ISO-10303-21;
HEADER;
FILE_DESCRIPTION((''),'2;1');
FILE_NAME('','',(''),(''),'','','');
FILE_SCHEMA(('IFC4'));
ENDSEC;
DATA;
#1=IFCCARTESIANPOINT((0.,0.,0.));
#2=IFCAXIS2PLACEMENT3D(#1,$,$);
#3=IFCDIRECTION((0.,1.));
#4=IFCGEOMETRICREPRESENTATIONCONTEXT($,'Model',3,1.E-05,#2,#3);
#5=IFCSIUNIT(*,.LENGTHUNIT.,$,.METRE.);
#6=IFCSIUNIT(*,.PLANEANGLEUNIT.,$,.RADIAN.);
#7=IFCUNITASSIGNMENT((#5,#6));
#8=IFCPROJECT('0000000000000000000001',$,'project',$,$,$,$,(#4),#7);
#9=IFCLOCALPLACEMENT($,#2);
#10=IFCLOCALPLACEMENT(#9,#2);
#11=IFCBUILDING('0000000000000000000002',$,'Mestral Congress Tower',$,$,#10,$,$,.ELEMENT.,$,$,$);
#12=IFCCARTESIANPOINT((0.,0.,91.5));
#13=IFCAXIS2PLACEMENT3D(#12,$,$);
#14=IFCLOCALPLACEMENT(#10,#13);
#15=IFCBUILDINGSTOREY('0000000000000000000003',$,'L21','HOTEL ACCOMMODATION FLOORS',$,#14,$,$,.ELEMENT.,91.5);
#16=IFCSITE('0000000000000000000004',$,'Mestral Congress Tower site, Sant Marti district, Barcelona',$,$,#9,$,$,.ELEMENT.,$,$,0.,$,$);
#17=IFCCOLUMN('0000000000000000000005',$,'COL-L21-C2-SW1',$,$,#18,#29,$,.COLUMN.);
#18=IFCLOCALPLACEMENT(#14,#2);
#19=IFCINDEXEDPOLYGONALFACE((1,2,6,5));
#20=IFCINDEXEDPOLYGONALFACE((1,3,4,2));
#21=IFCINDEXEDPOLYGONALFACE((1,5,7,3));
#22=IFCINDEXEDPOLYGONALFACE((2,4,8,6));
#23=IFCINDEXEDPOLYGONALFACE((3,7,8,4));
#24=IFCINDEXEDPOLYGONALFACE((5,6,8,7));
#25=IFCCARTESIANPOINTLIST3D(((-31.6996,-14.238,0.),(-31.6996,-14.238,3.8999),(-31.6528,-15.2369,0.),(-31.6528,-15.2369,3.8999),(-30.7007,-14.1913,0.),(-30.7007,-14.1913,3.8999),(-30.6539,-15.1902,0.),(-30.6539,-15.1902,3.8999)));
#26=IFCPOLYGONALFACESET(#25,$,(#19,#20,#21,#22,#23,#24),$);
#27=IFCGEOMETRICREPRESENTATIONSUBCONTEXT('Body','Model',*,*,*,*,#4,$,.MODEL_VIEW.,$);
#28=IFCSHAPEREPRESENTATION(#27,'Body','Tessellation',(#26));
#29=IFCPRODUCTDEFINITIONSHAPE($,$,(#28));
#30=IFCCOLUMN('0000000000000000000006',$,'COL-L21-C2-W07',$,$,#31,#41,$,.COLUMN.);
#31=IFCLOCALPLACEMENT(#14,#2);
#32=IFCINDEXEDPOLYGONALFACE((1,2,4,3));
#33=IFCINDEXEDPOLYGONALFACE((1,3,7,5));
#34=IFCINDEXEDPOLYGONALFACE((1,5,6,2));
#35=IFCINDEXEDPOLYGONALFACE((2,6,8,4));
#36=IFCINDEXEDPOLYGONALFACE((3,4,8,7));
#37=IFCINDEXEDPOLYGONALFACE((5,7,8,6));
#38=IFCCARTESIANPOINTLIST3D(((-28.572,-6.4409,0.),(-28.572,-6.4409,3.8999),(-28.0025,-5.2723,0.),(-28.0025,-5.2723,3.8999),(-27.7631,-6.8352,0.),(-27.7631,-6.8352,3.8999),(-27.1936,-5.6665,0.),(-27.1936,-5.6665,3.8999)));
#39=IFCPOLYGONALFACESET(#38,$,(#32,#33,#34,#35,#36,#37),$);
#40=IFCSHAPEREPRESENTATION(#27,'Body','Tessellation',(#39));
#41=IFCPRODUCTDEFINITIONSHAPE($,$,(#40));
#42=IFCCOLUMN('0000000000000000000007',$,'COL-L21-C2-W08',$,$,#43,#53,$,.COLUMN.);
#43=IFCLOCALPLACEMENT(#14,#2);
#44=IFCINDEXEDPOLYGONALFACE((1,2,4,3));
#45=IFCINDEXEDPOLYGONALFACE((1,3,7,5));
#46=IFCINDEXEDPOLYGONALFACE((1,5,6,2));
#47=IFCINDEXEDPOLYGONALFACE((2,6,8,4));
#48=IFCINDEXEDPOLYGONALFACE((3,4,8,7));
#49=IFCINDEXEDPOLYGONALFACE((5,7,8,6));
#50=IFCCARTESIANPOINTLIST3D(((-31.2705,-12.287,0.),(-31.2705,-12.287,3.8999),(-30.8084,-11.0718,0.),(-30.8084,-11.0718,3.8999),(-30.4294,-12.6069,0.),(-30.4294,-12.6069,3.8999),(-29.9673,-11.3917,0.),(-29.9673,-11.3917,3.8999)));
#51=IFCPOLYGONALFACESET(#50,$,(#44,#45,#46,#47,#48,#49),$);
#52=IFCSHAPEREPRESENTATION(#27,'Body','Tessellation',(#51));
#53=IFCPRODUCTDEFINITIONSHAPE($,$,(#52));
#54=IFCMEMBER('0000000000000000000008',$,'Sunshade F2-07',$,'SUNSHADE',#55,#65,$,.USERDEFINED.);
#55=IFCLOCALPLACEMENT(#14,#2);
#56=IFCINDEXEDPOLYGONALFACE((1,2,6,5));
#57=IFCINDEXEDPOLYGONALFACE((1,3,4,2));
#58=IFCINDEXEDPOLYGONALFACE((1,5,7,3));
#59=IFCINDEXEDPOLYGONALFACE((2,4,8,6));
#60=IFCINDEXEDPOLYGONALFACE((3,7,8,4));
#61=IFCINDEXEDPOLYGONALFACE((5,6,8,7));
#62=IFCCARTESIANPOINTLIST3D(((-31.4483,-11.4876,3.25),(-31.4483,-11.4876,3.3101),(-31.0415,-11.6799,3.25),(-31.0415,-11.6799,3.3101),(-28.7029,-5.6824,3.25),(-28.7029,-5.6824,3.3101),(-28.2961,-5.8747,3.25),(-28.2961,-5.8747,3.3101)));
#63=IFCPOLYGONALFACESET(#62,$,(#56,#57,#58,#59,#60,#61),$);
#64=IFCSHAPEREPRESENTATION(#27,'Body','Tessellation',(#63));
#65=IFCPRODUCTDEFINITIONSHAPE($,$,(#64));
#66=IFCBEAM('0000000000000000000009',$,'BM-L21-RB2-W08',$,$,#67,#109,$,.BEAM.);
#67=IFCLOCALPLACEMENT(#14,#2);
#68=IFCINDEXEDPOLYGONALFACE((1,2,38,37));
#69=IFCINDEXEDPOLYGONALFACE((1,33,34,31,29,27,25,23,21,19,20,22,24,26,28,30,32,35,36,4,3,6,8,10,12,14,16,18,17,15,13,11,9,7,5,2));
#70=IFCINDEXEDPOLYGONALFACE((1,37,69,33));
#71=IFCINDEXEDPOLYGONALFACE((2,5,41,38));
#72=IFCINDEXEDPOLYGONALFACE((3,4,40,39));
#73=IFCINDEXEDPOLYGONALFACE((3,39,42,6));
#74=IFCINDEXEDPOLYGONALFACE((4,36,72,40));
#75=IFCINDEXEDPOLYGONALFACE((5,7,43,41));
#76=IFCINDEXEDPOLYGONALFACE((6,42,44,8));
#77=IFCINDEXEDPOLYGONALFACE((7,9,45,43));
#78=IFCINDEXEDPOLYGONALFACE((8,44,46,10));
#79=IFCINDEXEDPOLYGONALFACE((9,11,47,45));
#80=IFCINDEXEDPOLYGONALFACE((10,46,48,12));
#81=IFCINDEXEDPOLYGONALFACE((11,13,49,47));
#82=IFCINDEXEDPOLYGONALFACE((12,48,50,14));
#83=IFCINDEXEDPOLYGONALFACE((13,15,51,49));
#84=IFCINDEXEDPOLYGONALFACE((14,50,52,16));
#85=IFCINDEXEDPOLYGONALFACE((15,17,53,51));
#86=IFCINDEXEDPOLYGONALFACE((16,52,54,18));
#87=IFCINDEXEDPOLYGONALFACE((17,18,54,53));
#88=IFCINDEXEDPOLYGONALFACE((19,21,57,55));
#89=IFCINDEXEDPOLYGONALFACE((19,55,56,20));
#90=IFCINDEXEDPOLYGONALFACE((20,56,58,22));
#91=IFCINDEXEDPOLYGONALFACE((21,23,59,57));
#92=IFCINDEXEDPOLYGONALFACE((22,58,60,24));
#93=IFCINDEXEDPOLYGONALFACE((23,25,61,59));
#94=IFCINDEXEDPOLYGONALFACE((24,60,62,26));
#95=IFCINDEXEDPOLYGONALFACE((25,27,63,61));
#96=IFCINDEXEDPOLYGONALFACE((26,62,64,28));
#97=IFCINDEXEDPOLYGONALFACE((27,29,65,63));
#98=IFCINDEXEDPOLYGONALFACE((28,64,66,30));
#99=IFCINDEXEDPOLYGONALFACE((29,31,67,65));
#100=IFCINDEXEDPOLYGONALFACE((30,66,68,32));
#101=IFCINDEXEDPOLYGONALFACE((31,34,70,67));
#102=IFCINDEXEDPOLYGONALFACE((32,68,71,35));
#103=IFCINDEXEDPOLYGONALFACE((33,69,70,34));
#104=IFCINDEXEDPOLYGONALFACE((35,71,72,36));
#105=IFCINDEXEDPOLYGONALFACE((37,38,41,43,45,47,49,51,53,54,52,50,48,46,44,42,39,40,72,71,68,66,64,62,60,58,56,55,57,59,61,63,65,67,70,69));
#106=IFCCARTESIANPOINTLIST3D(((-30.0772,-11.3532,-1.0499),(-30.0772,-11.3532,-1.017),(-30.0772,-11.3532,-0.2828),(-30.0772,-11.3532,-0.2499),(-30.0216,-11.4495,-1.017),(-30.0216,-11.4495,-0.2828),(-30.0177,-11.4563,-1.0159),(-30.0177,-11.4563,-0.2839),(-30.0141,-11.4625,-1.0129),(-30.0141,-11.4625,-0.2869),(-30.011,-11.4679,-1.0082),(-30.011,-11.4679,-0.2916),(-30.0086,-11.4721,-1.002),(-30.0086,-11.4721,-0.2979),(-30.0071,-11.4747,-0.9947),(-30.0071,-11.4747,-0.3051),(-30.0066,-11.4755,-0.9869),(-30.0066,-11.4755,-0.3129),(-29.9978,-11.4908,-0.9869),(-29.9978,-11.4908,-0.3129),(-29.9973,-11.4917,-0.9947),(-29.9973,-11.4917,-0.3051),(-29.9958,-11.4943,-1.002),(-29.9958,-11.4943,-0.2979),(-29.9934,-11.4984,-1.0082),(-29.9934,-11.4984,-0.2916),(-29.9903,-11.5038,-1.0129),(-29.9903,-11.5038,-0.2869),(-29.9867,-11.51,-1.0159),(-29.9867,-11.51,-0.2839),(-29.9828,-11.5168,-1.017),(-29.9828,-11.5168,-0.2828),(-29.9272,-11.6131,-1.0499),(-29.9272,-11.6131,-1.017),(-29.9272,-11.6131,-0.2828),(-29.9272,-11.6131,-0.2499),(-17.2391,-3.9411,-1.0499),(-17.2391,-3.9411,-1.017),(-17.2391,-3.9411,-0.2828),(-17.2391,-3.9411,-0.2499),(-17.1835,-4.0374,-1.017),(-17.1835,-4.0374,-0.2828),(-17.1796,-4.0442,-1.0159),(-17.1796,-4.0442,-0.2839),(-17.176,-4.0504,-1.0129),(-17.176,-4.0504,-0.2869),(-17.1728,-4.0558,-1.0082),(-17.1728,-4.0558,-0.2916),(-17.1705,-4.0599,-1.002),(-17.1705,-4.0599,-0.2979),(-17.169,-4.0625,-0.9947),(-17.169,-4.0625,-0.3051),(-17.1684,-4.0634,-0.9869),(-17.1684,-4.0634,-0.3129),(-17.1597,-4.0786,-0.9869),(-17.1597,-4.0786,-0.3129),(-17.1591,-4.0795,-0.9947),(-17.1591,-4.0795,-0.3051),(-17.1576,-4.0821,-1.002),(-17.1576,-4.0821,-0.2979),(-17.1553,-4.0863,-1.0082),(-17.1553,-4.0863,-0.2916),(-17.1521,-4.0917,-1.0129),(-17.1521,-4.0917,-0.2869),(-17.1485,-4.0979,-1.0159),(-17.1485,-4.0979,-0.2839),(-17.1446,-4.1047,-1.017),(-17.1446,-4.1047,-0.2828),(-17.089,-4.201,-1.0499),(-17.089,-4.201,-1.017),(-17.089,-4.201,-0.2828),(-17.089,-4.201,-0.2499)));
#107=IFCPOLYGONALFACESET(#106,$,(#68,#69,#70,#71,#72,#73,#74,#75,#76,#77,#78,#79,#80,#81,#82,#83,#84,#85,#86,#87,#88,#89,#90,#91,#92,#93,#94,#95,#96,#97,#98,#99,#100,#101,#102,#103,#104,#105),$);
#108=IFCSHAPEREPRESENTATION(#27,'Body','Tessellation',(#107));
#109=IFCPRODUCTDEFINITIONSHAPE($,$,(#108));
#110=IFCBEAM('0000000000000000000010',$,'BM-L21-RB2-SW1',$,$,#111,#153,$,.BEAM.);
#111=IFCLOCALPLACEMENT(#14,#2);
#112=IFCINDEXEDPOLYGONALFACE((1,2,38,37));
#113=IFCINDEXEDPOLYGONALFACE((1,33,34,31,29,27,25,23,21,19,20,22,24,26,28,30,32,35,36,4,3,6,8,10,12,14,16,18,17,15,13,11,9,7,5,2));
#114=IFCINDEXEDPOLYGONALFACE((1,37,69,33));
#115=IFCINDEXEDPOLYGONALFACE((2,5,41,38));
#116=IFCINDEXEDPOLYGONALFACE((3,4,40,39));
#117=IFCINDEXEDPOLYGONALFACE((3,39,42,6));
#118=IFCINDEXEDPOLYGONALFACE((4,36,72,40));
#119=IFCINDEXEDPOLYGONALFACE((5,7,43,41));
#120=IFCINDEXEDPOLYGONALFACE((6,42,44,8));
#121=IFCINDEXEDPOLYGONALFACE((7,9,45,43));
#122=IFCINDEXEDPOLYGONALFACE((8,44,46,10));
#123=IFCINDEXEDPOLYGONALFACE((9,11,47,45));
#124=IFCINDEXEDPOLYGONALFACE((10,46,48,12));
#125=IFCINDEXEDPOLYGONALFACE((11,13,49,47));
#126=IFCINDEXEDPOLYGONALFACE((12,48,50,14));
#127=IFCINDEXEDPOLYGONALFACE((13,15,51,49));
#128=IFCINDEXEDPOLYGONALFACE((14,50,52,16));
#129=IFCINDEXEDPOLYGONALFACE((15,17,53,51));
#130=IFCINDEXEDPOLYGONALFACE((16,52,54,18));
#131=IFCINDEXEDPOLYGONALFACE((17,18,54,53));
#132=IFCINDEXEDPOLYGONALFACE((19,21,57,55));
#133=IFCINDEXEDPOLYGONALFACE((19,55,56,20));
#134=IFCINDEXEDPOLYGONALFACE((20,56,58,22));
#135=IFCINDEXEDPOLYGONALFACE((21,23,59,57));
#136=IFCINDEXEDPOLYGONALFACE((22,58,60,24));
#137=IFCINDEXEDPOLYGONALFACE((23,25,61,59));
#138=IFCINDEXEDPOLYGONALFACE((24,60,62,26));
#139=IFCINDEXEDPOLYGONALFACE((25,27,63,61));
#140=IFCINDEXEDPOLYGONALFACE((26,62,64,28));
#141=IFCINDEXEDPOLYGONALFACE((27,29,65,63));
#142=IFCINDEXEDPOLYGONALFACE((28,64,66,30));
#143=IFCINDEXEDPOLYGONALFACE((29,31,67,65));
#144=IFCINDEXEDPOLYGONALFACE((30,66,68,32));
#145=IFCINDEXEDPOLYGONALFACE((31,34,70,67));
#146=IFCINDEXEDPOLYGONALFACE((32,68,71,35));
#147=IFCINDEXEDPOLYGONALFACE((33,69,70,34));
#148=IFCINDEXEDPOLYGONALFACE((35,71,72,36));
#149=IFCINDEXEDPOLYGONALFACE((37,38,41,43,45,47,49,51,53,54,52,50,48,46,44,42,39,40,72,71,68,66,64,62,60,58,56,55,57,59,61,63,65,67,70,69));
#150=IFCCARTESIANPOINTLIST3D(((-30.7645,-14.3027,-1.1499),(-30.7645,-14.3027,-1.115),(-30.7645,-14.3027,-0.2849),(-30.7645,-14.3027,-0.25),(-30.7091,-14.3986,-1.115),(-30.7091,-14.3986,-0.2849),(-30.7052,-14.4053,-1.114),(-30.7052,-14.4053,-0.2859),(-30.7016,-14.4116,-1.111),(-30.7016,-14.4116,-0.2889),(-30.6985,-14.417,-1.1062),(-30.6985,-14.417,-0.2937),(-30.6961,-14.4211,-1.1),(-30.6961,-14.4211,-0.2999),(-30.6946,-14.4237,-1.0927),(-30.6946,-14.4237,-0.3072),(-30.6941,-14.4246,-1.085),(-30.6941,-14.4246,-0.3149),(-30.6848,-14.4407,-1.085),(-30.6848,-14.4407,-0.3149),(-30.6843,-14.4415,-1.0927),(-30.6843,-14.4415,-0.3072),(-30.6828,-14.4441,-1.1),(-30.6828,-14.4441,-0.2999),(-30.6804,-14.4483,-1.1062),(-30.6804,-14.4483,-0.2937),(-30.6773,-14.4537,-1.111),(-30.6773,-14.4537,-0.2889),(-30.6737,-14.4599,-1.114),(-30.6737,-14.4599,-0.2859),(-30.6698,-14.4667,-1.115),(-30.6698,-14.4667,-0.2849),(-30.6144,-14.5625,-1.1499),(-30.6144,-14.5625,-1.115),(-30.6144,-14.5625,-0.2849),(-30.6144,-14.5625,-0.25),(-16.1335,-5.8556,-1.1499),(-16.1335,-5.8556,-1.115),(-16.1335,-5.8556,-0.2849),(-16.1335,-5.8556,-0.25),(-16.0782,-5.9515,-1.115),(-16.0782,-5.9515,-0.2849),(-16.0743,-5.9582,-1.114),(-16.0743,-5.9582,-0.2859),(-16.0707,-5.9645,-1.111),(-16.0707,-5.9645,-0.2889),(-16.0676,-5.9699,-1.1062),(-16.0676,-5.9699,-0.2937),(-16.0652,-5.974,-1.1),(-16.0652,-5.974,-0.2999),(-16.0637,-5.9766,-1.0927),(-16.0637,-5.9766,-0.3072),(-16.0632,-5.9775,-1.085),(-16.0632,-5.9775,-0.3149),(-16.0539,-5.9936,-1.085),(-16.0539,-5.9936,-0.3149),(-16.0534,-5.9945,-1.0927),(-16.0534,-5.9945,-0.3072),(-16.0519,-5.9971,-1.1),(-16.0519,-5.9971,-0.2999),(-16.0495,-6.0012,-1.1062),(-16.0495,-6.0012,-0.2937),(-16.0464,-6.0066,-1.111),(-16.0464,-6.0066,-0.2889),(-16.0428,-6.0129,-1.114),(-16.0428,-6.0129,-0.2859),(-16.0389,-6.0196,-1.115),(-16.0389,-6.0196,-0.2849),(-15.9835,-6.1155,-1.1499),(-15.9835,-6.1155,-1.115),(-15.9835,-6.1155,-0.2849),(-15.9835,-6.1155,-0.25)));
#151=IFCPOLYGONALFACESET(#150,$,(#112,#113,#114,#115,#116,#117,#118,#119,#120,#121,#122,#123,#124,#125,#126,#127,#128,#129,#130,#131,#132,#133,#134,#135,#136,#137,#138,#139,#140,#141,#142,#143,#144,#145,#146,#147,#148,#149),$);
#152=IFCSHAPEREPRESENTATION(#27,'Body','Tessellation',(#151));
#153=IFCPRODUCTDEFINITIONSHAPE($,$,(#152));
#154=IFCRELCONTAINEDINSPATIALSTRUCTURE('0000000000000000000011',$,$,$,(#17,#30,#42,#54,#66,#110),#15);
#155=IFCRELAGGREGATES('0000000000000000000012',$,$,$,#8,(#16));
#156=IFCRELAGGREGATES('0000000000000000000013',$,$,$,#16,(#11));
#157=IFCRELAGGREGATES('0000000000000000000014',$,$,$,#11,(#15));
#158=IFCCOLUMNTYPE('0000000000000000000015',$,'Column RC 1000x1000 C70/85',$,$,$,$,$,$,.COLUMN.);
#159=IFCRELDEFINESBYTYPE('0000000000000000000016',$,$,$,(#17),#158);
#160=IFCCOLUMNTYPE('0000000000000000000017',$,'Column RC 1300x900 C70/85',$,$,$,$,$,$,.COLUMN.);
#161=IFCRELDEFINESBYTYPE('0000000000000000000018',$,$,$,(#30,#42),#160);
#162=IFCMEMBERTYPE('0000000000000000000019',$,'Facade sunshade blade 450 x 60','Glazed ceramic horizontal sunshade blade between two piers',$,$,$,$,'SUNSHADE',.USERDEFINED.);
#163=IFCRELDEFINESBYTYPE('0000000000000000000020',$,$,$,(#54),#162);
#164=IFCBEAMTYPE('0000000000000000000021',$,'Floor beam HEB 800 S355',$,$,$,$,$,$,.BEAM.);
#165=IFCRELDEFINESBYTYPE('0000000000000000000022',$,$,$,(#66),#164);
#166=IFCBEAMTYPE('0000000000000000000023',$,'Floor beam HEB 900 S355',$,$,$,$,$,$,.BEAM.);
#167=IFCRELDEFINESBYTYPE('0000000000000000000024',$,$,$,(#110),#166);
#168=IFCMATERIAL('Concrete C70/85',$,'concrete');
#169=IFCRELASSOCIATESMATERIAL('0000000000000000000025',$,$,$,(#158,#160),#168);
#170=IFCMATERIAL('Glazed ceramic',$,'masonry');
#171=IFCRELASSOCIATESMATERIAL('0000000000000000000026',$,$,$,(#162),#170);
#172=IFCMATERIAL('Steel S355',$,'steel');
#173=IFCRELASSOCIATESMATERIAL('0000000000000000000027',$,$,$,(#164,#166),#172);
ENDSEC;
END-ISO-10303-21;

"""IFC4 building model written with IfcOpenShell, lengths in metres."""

from ifc_helpers import new_model, si_unit, direction, frame, origin, origin_2d, place, context, subcontext, project, spatial, rectangle, i_section, extrude, material, material_profile, profile_set, type_object, element, save


model = new_model("IFC4")

# Units and contexts
model_context = context("Model", 3, precision=1e-05, world=origin(), true_north=direction((0.0, 1.0)))
body_context = subcontext(model_context, "Body", "Model", "MODEL_VIEW")
ifc_project = project(units=[si_unit("LENGTHUNIT", "METRE"), si_unit("PLANEANGLEUNIT", "RADIAN")], contexts=[model_context])

# Site, building, storey
site_placement = place(None, origin())
site = spatial("IfcSite", under=ifc_project, at=site_placement, Name="Mestral Congress Tower site, Sant Marti district, Barcelona", CompositionType="ELEMENT", RefElevation=0.0)
building_placement = place(site_placement, origin())
building = spatial("IfcBuilding", under=site, at=building_placement, Name="Mestral Congress Tower", CompositionType="ELEMENT")
storey_placement = place(building_placement, frame((0.0, 0.0, 91.5)))
storey = spatial("IfcBuildingStorey", under=building, at=storey_placement, Name="L21", Description="HOTEL ACCOMMODATION FLOORS", CompositionType="ELEMENT", Elevation=91.5)

# Columns
ifc_material_1 = material(Name="Concrete C70/85", Category="concrete")
ifc_material_profile_1 = material_profile(ifc_material_1, rectangle(XDim=1.0, YDim=1.0, at=origin_2d()), Name="RC 1000x1000")
ifc_profile_set_1 = profile_set([ifc_material_profile_1], Name="Concrete C70/85")
column_type_1 = type_object("IfcColumnType", Name="Column RC 1000x1000 C70/85", PredefinedType="COLUMN", material=ifc_profile_set_1)
column_placement = place(storey_placement, frame((-31.1768, -14.7141, 0.0), z_axis=(0.0, 0.0, 1.0), x_axis=(0.046756, -0.998906, 0.0)))
element("IfcColumn", 1, at=column_placement, inside=storey, type_object=column_type_1, Name="COL-L21-C2-SW1", PredefinedType="COLUMN", context=body_context, shape_type="SweptSolid", body=[
    extrude(rectangle(XDim=1.0, YDim=1.0, at=origin_2d()), origin(), (0.0, 0.0, 1.0), 3.8999),
])
ifc_material_profile_2 = material_profile(ifc_material_1, rectangle(XDim=1.3, YDim=0.8999, at=origin_2d()), Name="RC 1300x900")
ifc_profile_set_2 = profile_set([ifc_material_profile_2], Name="Concrete C70/85")
column_type_2 = type_object("IfcColumnType", Name="Column RC 1300x900 C70/85", PredefinedType="COLUMN", material=ifc_profile_set_2)
for number, where, z_axis, x_axis, name in (
    (2, (-27.8828, -6.0537, 0.0), (0.0, 0.0, 1.0), (-0.438061, -0.898945, 0.0), "COL-L21-C2-W07"),
    (3, (-30.6189, -11.8394, 0.0), (0.0, 0.0, 1.0), (-0.355494, -0.934679, 0.0), "COL-L21-C2-W08"),
):
    element("IfcColumn", number, at=place(storey_placement, frame(where, z_axis=z_axis, x_axis=x_axis)), inside=storey, type_object=column_type_2, Name=name, PredefinedType="COLUMN", context=body_context, shape_type="SweptSolid", body=[
        extrude(rectangle(XDim=1.3, YDim=0.8999, at=origin_2d()), origin(), (0.0, 0.0, 1.0), 3.8999),
    ])

# Member
ifc_material_2 = material(Name="Glazed ceramic", Category="masonry")
ifc_material_profile_3 = material_profile(ifc_material_2, rectangle(XDim=0.45, YDim=0.0601, at=origin_2d()), Name="Ceramic blade 450 x 60")
ifc_profile_set_3 = profile_set([ifc_material_profile_3], Name="Glazed ceramic")
member_type = type_object("IfcMemberType", Name="Facade sunshade blade 450 x 60", Description="Glazed ceramic horizontal sunshade blade between two piers", ElementType="SUNSHADE", PredefinedType="USERDEFINED", material=ifc_profile_set_3)
member_placement = place(storey_placement, frame((-28.4995, -5.7786, 3.28), z_axis=(-0.427519, -0.904006, 0.0), x_axis=(0.904006, -0.427519, 0.0)))
element("IfcMember", 4, at=member_placement, inside=storey, type_object=member_type, Name="Sunshade F2-07", ObjectType="SUNSHADE", PredefinedType="USERDEFINED", context=body_context, shape_type="SweptSolid", body=[
    extrude(rectangle(XDim=0.45, YDim=0.0601, at=origin_2d()), origin(), (0.0, 0.0, 1.0), 6.4216),
])

# Beams
ifc_material_3 = material(Name="Steel S355", Category="steel")
ifc_material_profile_4 = material_profile(ifc_material_3, i_section(OverallWidth=0.3, OverallDepth=0.8, WebThickness=0.0176, FlangeThickness=0.033, FilletRadius=0.03, at=origin_2d()), Name="HEB 800")
ifc_profile_set_4 = profile_set([ifc_material_profile_4], Name="Steel S355")
beam_type_1 = type_object("IfcBeamType", Name="Floor beam HEB 800 S355", PredefinedType="BEAM", material=ifc_profile_set_4)
beam_1_placement = place(storey_placement, frame((-30.0022, -11.4832, -0.6499), z_axis=(0.866025, 0.5, 0.0), x_axis=(-0.5, 0.866025, 0.0)))
element("IfcBeam", 5, at=beam_1_placement, inside=storey, type_object=beam_type_1, Name="BM-L21-RB2-W08", PredefinedType="BEAM", context=body_context, shape_type="SweptSolid", body=[
    extrude(i_section(OverallWidth=0.3, OverallDepth=0.8, WebThickness=0.0176, FlangeThickness=0.033, FilletRadius=0.03, at=origin_2d()), origin(), (0.0, 0.0, 1.0), 14.8242),
])
ifc_material_profile_5 = material_profile(ifc_material_3, i_section(OverallWidth=0.3, OverallDepth=0.8999, WebThickness=0.0186, FlangeThickness=0.0349, FilletRadius=0.03, at=origin_2d()), Name="HEB 900")
ifc_profile_set_5 = profile_set([ifc_material_profile_5], Name="Steel S355")
beam_type_2 = type_object("IfcBeamType", Name="Floor beam HEB 900 S355", PredefinedType="BEAM", material=ifc_profile_set_5)
beam_2_placement = place(storey_placement, frame((-30.6895, -14.4326, -0.7), z_axis=(0.866028, 0.499995, 0.0), x_axis=(-0.499995, 0.866028, 0.0)))
element("IfcBeam", 6, at=beam_2_placement, inside=storey, type_object=beam_type_2, Name="BM-L21-RB2-SW1", PredefinedType="BEAM", context=body_context, shape_type="SweptSolid", body=[
    extrude(i_section(OverallWidth=0.3, OverallDepth=0.8999, WebThickness=0.0186, FlangeThickness=0.0349, FilletRadius=0.03, at=origin_2d()), origin(), (0.0, 0.0, 1.0), 16.8943),
])

save(model, "model.ifc")
